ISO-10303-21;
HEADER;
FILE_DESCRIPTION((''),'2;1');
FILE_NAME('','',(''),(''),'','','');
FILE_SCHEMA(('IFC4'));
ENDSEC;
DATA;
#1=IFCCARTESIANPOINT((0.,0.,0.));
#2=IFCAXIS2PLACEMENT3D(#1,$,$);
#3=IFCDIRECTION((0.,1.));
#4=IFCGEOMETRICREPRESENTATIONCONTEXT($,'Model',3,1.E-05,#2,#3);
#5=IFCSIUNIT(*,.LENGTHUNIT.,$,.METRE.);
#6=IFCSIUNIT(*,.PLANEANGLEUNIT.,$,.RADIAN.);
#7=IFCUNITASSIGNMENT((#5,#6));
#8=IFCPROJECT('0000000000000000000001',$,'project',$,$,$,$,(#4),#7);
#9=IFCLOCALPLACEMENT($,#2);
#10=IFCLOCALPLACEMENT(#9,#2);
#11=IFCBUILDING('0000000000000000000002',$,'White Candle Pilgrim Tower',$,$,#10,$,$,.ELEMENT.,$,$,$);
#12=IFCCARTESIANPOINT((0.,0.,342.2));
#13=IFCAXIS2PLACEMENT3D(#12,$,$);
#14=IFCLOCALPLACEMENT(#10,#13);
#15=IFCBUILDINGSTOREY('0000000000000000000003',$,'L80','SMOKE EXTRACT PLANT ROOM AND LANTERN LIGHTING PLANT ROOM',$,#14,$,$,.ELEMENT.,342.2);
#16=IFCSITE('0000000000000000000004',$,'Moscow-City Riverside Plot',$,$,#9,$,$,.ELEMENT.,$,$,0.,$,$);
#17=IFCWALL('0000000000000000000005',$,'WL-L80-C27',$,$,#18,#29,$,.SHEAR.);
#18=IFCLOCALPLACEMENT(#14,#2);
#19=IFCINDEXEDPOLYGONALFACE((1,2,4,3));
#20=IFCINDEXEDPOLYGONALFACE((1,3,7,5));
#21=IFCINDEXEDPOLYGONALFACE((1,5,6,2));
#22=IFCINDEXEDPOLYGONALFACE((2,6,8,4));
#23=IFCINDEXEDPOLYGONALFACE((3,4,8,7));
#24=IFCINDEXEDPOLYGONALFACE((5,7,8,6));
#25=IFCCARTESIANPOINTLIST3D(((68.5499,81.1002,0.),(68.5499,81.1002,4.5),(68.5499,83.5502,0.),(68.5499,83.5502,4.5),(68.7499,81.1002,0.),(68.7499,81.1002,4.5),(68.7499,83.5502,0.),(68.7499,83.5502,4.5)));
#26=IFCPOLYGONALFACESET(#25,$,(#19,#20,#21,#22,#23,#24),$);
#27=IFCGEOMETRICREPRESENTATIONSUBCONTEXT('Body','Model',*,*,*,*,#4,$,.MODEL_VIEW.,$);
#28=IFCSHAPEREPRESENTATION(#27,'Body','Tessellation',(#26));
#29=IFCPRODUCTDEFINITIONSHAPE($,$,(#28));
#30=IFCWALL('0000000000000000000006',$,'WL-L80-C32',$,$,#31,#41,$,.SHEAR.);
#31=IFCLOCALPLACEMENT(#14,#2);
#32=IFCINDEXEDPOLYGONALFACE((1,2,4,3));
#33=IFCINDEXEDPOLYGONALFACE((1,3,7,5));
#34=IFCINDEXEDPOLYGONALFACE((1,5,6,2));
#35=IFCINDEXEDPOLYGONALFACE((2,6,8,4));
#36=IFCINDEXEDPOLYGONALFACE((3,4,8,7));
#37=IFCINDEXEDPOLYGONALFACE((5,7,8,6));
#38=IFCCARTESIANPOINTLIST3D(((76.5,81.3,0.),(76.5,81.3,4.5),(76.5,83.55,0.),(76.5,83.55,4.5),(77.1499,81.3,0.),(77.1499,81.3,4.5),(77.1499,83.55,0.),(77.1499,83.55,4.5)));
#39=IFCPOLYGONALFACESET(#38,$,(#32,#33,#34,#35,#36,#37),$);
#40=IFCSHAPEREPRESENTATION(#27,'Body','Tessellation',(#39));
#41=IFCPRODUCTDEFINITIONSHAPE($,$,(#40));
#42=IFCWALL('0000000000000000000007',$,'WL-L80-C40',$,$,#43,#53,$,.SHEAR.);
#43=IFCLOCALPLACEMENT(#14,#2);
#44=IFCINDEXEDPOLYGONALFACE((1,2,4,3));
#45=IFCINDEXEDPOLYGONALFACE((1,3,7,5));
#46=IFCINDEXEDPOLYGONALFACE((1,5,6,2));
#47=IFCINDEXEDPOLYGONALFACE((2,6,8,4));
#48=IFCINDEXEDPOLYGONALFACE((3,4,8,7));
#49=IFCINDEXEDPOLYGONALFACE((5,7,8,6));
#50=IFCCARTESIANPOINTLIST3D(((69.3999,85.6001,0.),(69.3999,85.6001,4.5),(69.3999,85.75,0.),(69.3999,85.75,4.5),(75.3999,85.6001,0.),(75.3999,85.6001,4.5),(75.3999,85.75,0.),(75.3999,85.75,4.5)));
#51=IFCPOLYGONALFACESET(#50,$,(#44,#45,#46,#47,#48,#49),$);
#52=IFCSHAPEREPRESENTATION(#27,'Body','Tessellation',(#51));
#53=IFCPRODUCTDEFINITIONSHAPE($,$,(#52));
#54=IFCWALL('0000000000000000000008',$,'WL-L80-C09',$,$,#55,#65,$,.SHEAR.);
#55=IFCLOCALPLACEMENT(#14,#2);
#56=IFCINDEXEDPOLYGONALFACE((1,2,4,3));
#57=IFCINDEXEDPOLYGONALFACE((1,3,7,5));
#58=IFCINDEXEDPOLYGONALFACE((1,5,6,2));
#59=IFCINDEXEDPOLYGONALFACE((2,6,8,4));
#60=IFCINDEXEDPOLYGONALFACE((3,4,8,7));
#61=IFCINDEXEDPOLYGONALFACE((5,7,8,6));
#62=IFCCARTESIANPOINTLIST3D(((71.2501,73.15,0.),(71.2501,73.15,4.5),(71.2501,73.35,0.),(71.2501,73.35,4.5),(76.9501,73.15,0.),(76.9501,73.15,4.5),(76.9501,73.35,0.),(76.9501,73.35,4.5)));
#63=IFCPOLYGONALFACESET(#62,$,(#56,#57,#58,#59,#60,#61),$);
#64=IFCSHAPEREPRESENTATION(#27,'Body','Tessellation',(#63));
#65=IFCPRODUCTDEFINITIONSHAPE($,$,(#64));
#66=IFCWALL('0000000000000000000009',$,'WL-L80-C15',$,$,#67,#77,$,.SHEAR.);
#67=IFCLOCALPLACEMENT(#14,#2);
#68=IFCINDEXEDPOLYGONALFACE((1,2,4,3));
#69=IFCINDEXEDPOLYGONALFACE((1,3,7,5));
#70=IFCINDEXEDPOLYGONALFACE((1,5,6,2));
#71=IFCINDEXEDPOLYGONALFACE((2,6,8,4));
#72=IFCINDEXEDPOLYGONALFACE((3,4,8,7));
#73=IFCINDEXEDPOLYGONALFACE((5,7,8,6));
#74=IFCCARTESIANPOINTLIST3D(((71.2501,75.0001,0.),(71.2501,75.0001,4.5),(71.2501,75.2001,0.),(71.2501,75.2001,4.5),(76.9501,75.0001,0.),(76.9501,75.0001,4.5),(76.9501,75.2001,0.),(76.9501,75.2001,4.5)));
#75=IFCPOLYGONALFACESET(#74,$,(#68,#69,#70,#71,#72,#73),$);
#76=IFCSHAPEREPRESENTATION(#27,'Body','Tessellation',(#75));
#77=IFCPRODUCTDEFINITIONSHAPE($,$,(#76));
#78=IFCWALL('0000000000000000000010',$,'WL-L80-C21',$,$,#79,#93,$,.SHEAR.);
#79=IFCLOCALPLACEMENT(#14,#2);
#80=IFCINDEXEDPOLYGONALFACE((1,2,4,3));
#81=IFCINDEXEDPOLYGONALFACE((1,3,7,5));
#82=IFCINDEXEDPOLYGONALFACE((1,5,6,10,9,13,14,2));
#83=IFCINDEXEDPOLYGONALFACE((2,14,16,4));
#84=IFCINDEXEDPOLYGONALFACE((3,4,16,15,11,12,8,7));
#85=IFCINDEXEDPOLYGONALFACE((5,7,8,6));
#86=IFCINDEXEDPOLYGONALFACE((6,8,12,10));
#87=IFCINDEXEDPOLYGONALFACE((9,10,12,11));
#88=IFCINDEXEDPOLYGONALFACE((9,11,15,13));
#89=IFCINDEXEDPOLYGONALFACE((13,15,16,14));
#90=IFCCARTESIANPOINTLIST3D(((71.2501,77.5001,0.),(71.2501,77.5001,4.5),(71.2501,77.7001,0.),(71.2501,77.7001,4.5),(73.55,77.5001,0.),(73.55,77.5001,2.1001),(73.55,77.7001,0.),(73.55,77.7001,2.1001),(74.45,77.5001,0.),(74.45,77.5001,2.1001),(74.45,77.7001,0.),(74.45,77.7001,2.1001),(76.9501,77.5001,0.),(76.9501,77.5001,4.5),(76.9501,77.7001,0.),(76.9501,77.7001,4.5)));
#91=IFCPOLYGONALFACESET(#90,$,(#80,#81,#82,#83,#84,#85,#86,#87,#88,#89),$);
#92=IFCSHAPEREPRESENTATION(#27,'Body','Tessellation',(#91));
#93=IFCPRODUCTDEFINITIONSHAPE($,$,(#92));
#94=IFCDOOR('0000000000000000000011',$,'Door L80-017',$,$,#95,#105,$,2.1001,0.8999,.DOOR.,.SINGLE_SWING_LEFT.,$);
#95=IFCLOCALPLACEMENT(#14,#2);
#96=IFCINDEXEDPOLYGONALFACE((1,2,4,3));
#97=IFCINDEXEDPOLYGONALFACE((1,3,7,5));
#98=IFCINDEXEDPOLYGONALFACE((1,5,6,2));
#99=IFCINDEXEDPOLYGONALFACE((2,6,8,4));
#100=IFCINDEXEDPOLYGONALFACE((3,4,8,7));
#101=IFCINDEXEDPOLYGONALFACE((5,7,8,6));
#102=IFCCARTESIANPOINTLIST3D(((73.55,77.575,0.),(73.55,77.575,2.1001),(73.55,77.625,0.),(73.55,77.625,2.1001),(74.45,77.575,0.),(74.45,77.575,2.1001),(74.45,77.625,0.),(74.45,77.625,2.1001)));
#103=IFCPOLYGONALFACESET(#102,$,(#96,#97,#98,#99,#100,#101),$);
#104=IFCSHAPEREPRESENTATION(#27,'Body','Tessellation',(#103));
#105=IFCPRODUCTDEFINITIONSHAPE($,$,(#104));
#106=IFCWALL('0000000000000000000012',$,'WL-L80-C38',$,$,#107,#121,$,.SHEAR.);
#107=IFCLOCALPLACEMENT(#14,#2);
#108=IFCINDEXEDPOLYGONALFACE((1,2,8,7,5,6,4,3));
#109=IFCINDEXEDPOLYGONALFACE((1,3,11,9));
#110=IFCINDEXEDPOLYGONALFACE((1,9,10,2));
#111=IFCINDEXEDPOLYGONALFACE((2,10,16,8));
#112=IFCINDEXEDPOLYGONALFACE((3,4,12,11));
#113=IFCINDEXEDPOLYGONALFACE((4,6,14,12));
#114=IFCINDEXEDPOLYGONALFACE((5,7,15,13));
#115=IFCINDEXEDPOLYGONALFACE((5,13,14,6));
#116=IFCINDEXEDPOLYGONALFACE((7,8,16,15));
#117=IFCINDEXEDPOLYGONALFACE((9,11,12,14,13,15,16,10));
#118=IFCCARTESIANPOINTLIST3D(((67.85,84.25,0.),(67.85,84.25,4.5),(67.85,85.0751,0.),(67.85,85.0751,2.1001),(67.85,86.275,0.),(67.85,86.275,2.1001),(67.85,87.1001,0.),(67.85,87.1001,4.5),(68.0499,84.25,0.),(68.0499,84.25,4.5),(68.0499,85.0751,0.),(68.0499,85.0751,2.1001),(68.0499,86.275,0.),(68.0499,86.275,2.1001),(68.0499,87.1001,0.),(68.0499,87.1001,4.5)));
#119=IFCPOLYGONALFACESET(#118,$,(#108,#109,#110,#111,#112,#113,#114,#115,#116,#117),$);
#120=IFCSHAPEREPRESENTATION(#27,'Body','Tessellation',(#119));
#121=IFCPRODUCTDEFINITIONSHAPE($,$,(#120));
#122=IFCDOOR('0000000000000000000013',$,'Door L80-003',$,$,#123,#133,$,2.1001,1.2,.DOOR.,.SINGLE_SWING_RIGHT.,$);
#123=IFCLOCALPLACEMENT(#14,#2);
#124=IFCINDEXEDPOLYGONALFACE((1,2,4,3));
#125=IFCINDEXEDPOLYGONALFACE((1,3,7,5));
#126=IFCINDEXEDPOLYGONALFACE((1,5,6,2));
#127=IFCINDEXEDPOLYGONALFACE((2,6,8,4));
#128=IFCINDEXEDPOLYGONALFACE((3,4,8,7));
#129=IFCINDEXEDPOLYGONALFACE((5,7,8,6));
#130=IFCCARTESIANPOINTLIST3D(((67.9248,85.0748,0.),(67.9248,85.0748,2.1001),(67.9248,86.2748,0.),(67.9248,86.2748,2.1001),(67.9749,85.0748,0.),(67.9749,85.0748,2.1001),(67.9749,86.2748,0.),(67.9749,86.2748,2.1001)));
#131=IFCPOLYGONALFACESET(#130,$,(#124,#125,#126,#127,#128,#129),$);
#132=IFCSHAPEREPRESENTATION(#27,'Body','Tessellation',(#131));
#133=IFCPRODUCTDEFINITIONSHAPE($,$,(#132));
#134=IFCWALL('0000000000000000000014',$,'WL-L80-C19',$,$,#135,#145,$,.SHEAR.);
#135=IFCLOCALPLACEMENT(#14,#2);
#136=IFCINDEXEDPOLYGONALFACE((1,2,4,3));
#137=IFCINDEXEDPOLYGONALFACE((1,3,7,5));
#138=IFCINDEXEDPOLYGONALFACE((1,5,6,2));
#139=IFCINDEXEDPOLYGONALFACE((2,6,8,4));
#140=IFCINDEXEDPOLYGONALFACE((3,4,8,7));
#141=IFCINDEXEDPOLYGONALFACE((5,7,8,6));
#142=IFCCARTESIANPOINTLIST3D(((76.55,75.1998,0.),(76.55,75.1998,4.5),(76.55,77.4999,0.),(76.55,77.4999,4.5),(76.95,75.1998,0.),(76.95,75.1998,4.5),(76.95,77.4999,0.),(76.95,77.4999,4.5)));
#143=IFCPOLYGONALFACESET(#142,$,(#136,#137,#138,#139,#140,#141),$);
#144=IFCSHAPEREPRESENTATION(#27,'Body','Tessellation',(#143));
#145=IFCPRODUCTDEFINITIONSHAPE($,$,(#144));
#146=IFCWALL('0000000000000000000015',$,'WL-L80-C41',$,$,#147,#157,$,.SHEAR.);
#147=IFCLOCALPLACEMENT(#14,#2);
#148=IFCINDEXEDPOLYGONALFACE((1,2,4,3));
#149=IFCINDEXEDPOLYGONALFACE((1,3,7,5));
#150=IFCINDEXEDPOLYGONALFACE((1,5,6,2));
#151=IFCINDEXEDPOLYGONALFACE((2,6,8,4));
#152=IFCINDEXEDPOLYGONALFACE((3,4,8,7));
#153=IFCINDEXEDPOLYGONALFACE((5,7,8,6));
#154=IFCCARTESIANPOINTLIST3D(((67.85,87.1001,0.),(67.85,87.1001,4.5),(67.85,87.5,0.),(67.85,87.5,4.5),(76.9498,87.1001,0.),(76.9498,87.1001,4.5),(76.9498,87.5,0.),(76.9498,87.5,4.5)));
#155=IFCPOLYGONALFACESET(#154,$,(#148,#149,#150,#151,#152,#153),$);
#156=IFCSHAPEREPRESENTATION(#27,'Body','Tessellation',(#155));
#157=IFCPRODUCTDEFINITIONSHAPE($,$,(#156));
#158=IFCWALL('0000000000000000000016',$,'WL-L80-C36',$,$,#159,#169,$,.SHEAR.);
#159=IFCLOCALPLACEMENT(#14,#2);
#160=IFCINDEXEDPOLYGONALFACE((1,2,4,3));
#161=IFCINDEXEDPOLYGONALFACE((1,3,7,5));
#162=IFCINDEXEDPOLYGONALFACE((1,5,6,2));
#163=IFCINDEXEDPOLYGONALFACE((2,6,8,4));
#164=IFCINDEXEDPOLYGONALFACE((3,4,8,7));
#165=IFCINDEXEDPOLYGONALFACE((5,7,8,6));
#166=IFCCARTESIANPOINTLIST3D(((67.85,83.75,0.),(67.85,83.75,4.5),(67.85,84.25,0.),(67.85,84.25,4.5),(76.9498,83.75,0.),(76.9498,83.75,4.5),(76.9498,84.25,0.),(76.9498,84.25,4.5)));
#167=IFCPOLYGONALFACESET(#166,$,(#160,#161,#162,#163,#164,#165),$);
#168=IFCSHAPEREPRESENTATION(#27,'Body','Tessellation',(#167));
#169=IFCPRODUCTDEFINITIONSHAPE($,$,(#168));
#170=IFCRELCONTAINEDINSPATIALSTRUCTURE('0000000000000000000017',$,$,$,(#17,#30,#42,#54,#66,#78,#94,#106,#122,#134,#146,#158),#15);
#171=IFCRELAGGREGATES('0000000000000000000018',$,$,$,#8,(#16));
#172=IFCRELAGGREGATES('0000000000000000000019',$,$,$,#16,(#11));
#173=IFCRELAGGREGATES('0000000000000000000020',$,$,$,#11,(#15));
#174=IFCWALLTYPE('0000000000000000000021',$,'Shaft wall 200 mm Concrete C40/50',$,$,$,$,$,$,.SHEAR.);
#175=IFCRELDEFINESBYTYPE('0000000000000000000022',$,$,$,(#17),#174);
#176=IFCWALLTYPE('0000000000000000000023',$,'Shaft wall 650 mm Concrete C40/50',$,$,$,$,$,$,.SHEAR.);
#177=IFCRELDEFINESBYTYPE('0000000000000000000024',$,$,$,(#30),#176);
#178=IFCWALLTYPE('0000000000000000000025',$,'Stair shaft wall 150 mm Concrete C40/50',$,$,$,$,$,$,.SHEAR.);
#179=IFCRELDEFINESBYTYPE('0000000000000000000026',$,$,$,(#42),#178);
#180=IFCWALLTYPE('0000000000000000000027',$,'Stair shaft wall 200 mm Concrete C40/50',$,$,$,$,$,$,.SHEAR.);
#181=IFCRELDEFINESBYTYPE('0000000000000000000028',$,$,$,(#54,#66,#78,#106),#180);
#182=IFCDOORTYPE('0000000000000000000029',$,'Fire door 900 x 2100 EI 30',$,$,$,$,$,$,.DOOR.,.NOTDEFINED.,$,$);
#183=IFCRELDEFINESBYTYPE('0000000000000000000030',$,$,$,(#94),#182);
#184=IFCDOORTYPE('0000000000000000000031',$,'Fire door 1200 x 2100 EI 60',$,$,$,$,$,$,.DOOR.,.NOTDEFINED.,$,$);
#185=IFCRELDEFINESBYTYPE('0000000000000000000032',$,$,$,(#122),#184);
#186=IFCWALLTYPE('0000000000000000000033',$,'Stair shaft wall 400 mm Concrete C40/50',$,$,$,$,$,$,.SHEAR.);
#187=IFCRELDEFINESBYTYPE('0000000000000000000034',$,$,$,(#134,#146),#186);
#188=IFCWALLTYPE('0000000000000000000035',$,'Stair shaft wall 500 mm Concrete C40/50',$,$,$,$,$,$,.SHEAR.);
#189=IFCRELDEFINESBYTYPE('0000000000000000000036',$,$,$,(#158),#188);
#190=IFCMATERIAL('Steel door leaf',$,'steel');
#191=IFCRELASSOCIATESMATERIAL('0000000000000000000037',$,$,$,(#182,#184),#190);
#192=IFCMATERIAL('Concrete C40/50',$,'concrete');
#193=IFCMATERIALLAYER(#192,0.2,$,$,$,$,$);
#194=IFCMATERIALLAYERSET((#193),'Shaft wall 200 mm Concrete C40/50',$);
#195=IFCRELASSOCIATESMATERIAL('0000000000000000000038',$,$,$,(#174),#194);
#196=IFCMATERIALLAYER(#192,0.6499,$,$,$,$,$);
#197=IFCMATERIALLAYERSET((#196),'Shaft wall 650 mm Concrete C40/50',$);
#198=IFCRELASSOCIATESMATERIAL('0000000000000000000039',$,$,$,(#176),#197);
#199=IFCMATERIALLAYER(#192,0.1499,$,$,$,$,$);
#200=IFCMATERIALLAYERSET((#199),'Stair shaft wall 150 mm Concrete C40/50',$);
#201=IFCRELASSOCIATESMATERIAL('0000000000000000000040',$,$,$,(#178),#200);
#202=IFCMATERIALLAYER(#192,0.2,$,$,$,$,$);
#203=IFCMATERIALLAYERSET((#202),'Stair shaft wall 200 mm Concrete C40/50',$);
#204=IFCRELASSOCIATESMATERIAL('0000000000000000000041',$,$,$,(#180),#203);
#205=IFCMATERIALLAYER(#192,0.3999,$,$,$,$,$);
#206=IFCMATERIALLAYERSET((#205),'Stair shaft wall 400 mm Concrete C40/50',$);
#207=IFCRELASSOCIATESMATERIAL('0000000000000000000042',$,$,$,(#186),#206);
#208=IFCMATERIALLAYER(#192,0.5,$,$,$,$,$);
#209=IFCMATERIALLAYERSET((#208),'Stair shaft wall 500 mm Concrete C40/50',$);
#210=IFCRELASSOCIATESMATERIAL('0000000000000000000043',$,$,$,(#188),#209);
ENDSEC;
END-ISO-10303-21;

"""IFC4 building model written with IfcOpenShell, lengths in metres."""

from ifc_helpers import new_model, si_unit, direction, frame, frame_2d, origin, place, context, subcontext, project, spatial, rectangle, extrude, material, layer, layer_set, type_object, element, fill, save


model = new_model("IFC4")

# Units and contexts
model_context = context("Model", 3, precision=1e-05, world=origin(), true_north=direction((0.0, 1.0)))
body_context = subcontext(model_context, "Body", "Model", "MODEL_VIEW")
ifc_project = project(units=[si_unit("LENGTHUNIT", "METRE"), si_unit("PLANEANGLEUNIT", "RADIAN")], contexts=[model_context])

# Site, building, storey
site_placement = place(None, origin())
site = spatial("IfcSite", under=ifc_project, at=site_placement, Name="Moscow-City Riverside Plot", CompositionType="ELEMENT", RefElevation=0.0)
building_placement = place(site_placement, origin())
building = spatial("IfcBuilding", under=site, at=building_placement, Name="White Candle Pilgrim Tower", CompositionType="ELEMENT")
storey_placement = place(building_placement, frame((0.0, 0.0, 342.2)))
storey = spatial("IfcBuildingStorey", under=building, at=storey_placement, Name="L80", Description="SMOKE EXTRACT PLANT ROOM AND LANTERN LIGHTING PLANT ROOM", CompositionType="ELEMENT", Elevation=342.2)

# Shared definitions
ifc_material_1 = material(Name="Concrete C40/50", Category="concrete")

# Shared definitions
ifc_material_2 = material(Name="Steel door leaf", Category="steel")
door_type_1 = type_object("IfcDoorType", Name="Fire door 900 x 2100 EI 30", OperationType="NOTDEFINED", PredefinedType="DOOR", material=ifc_material_2)

# Walls
ifc_layer_1 = layer(ifc_material_1, 0.2)
ifc_layer_set_1 = layer_set([ifc_layer_1], Name="Shaft wall 200 mm Concrete C40/50")
wall_type_1 = type_object("IfcWallType", Name="Shaft wall 200 mm Concrete C40/50", PredefinedType="SHEAR", material=ifc_layer_set_1)
wall_1_placement = place(storey_placement, frame((68.6499, 81.1001, 0.0), z_axis=(0.0, 0.0, 1.0), x_axis=(0.0, 1.0, 0.0)))
element("IfcWall", 1, at=wall_1_placement, inside=storey, type_object=wall_type_1, Name="WL-L80-C27", PredefinedType="SHEAR", context=body_context, shape_type="SweptSolid", body=[
    extrude(rectangle(XDim=2.45, YDim=0.2, at=frame_2d((1.2251, 0.0))), origin(), (0.0, 0.0, 1.0), 4.5),
])
ifc_layer_2 = layer(ifc_material_1, 0.6499)
ifc_layer_set_2 = layer_set([ifc_layer_2], Name="Shaft wall 650 mm Concrete C40/50")
wall_type_2 = type_object("IfcWallType", Name="Shaft wall 650 mm Concrete C40/50", PredefinedType="SHEAR", material=ifc_layer_set_2)
wall_2_placement = place(storey_placement, frame((76.825, 81.3, 0.0), z_axis=(0.0, 0.0, 1.0), x_axis=(0.0, 1.0, 0.0)))
element("IfcWall", 2, at=wall_2_placement, inside=storey, type_object=wall_type_2, Name="WL-L80-C32", PredefinedType="SHEAR", context=body_context, shape_type="SweptSolid", body=[
    extrude(rectangle(XDim=2.25, YDim=0.6499, at=frame_2d((1.125, 0.0))), origin(), (0.0, 0.0, 1.0), 4.5),
])
ifc_layer_3 = layer(ifc_material_1, 0.1499)
ifc_layer_set_3 = layer_set([ifc_layer_3], Name="Stair shaft wall 150 mm Concrete C40/50")
wall_type_3 = type_object("IfcWallType", Name="Stair shaft wall 150 mm Concrete C40/50", PredefinedType="SHEAR", material=ifc_layer_set_3)
wall_3_placement = place(storey_placement, frame((69.3999, 85.675, 0.0), z_axis=(0.0, 0.0, 1.0), x_axis=(1.0, 0.0, 0.0)))
element("IfcWall", 3, at=wall_3_placement, inside=storey, type_object=wall_type_3, Name="WL-L80-C40", PredefinedType="SHEAR", context=body_context, shape_type="SweptSolid", body=[
    extrude(rectangle(XDim=6.0, YDim=0.1499, at=frame_2d((3.0, 0.0))), origin(), (0.0, 0.0, 1.0), 4.5),
])
ifc_layer_4 = layer(ifc_material_1, 0.2)
ifc_layer_set_4 = layer_set([ifc_layer_4], Name="Stair shaft wall 200 mm Concrete C40/50")
wall_type_4 = type_object("IfcWallType", Name="Stair shaft wall 200 mm Concrete C40/50", PredefinedType="SHEAR", material=ifc_layer_set_4)
for number, where, z_axis, x_axis, name in (
    (4, (71.25, 73.25, 0.0), (0.0, 0.0, 1.0), (1.0, 0.0, 0.0), "WL-L80-C09"),
    (5, (71.25, 75.1001, 0.0), (0.0, 0.0, 1.0), (1.0, 0.0, 0.0), "WL-L80-C15"),
):
    element("IfcWall", number, at=place(storey_placement, frame(where, z_axis=z_axis, x_axis=x_axis)), inside=storey, type_object=wall_type_4, Name=name, PredefinedType="SHEAR", context=body_context, shape_type="SweptSolid", body=[
        extrude(rectangle(XDim=5.7, YDim=0.2, at=frame_2d((2.8501, 0.0))), origin(), (0.0, 0.0, 1.0), 4.5),
    ])

# Walls, openings, doors
wall_4_placement = place(storey_placement, frame((71.25, 77.6001, 0.0), z_axis=(0.0, 0.0, 1.0), x_axis=(1.0, 0.0, 0.0)))
wall_4 = element("IfcWall", 6, at=wall_4_placement, inside=storey, type_object=wall_type_4, Name="WL-L80-C21", PredefinedType="SHEAR", context=body_context, shape_type="SweptSolid", body=[
    extrude(rectangle(XDim=5.7, YDim=0.2, at=frame_2d((2.8501, 0.0))), origin(), (0.0, 0.0, 1.0), 4.5),
])
opening_1_placement = place(wall_4_placement, frame((2.3, 0.0, 0.0)))
opening_1 = element("IfcOpeningElement", 7, at=opening_1_placement, cuts=wall_4, PredefinedType="OPENING", context=body_context, shape_type="SweptSolid", body=[
    extrude(rectangle(XDim=0.8999, YDim=2.1001, at=frame_2d((0.45, 1.05))), frame((0.0, 0.1099, 0.0), z_axis=(0.0, -1.0, 0.0), x_axis=(1.0, 0.0, 0.0)), (0.0, 0.0, 1.0), 0.22),
])
door_1_placement = place(opening_1_placement, origin())
door_1 = element("IfcDoor", 8, at=door_1_placement, inside=storey, type_object=door_type_1, Name="Door L80-017", OperationType="SINGLE_SWING_LEFT", OverallHeight=2.1001, OverallWidth=0.8999, PredefinedType="DOOR", context=body_context, shape_type="SweptSolid", body=[
    extrude(rectangle(XDim=0.8999, YDim=2.1001, at=frame_2d((0.45, 1.05))), frame((0.0, 0.0249, 0.0), z_axis=(0.0, -1.0, 0.0), x_axis=(1.0, 0.0, 0.0)), (0.0, 0.0, 1.0), 0.05),
])
fill(opening_1, door_1)
wall_5_placement = place(storey_placement, frame((67.95, 84.25, 0.0), z_axis=(0.0, 0.0, 1.0), x_axis=(0.0, 1.0, 0.0)))
wall_5 = element("IfcWall", 9, at=wall_5_placement, inside=storey, type_object=wall_type_4, Name="WL-L80-C38", PredefinedType="SHEAR", context=body_context, shape_type="SweptSolid", body=[
    extrude(rectangle(XDim=2.8501, YDim=0.2, at=frame_2d((1.425, 0.0))), origin(), (0.0, 0.0, 1.0), 4.5),
])
opening_2_placement = place(wall_5_placement, frame((0.825, 0.0, 0.0)))
opening_2 = element("IfcOpeningElement", 10, at=opening_2_placement, cuts=wall_5, PredefinedType="OPENING", context=body_context, shape_type="SweptSolid", body=[
    extrude(rectangle(XDim=1.2, YDim=2.1001, at=frame_2d((0.6001, 1.05))), frame((0.0, 0.1099, 0.0), z_axis=(0.0, -1.0, 0.0), x_axis=(1.0, 0.0, 0.0)), (0.0, 0.0, 1.0), 0.22),
])
door_type_2 = type_object("IfcDoorType", Name="Fire door 1200 x 2100 EI 60", OperationType="NOTDEFINED", PredefinedType="DOOR", material=ifc_material_2)
door_2_placement = place(opening_2_placement, frame((1.2, 0.0, 0.0), z_axis=(0.0, 0.0, 1.0), x_axis=(-1.0, 0.0, 0.0)))
door_2 = element("IfcDoor", 11, at=door_2_placement, inside=storey, type_object=door_type_2, Name="Door L80-003", OperationType="SINGLE_SWING_RIGHT", OverallHeight=2.1001, OverallWidth=1.2, PredefinedType="DOOR", context=body_context, shape_type="SweptSolid", body=[
    extrude(rectangle(XDim=1.2, YDim=2.1001, at=frame_2d((0.6001, 1.05))), frame((0.0, 0.0249, 0.0), z_axis=(0.0, -1.0, 0.0), x_axis=(1.0, 0.0, 0.0)), (0.0, 0.0, 1.0), 0.05),
])
fill(opening_2, door_2)

# Walls
ifc_layer_5 = layer(ifc_material_1, 0.3999)
ifc_layer_set_5 = layer_set([ifc_layer_5], Name="Stair shaft wall 400 mm Concrete C40/50")
wall_type_5 = type_object("IfcWallType", Name="Stair shaft wall 400 mm Concrete C40/50", PredefinedType="SHEAR", material=ifc_layer_set_5)
wall_6_placement = place(storey_placement, frame((76.75, 75.2, 0.0), z_axis=(0.0, 0.0, 1.0), x_axis=(0.0, 1.0, 0.0)))
element("IfcWall", 12, at=wall_6_placement, inside=storey, type_object=wall_type_5, Name="WL-L80-C19", PredefinedType="SHEAR", context=body_context, shape_type="SweptSolid", body=[
    extrude(rectangle(XDim=2.3, YDim=0.3999, at=frame_2d((1.1499, 0.0))), origin(), (0.0, 0.0, 1.0), 4.5),
])
wall_7_placement = place(storey_placement, frame((67.8501, 87.3, 0.0), z_axis=(0.0, 0.0, 1.0), x_axis=(1.0, 0.0, 0.0)))
element("IfcWall", 13, at=wall_7_placement, inside=storey, type_object=wall_type_5, Name="WL-L80-C41", PredefinedType="SHEAR", context=body_context, shape_type="SweptSolid", body=[
    extrude(rectangle(XDim=9.0999, YDim=0.3999, at=frame_2d((4.5498, 0.0))), origin(), (0.0, 0.0, 1.0), 4.5),
])
ifc_layer_6 = layer(ifc_material_1, 0.5)
ifc_layer_set_6 = layer_set([ifc_layer_6], Name="Stair shaft wall 500 mm Concrete C40/50")
wall_type_6 = type_object("IfcWallType", Name="Stair shaft wall 500 mm Concrete C40/50", PredefinedType="SHEAR", material=ifc_layer_set_6)
wall_8_placement = place(storey_placement, frame((67.8501, 84.0, 0.0), z_axis=(0.0, 0.0, 1.0), x_axis=(1.0, 0.0, 0.0)))
element("IfcWall", 14, at=wall_8_placement, inside=storey, type_object=wall_type_6, Name="WL-L80-C36", PredefinedType="SHEAR", context=body_context, shape_type="SweptSolid", body=[
    extrude(rectangle(XDim=9.0999, YDim=0.5, at=frame_2d((4.5498, 0.0))), origin(), (0.0, 0.0, 1.0), 4.5),
])

save(model, "model.ifc")
